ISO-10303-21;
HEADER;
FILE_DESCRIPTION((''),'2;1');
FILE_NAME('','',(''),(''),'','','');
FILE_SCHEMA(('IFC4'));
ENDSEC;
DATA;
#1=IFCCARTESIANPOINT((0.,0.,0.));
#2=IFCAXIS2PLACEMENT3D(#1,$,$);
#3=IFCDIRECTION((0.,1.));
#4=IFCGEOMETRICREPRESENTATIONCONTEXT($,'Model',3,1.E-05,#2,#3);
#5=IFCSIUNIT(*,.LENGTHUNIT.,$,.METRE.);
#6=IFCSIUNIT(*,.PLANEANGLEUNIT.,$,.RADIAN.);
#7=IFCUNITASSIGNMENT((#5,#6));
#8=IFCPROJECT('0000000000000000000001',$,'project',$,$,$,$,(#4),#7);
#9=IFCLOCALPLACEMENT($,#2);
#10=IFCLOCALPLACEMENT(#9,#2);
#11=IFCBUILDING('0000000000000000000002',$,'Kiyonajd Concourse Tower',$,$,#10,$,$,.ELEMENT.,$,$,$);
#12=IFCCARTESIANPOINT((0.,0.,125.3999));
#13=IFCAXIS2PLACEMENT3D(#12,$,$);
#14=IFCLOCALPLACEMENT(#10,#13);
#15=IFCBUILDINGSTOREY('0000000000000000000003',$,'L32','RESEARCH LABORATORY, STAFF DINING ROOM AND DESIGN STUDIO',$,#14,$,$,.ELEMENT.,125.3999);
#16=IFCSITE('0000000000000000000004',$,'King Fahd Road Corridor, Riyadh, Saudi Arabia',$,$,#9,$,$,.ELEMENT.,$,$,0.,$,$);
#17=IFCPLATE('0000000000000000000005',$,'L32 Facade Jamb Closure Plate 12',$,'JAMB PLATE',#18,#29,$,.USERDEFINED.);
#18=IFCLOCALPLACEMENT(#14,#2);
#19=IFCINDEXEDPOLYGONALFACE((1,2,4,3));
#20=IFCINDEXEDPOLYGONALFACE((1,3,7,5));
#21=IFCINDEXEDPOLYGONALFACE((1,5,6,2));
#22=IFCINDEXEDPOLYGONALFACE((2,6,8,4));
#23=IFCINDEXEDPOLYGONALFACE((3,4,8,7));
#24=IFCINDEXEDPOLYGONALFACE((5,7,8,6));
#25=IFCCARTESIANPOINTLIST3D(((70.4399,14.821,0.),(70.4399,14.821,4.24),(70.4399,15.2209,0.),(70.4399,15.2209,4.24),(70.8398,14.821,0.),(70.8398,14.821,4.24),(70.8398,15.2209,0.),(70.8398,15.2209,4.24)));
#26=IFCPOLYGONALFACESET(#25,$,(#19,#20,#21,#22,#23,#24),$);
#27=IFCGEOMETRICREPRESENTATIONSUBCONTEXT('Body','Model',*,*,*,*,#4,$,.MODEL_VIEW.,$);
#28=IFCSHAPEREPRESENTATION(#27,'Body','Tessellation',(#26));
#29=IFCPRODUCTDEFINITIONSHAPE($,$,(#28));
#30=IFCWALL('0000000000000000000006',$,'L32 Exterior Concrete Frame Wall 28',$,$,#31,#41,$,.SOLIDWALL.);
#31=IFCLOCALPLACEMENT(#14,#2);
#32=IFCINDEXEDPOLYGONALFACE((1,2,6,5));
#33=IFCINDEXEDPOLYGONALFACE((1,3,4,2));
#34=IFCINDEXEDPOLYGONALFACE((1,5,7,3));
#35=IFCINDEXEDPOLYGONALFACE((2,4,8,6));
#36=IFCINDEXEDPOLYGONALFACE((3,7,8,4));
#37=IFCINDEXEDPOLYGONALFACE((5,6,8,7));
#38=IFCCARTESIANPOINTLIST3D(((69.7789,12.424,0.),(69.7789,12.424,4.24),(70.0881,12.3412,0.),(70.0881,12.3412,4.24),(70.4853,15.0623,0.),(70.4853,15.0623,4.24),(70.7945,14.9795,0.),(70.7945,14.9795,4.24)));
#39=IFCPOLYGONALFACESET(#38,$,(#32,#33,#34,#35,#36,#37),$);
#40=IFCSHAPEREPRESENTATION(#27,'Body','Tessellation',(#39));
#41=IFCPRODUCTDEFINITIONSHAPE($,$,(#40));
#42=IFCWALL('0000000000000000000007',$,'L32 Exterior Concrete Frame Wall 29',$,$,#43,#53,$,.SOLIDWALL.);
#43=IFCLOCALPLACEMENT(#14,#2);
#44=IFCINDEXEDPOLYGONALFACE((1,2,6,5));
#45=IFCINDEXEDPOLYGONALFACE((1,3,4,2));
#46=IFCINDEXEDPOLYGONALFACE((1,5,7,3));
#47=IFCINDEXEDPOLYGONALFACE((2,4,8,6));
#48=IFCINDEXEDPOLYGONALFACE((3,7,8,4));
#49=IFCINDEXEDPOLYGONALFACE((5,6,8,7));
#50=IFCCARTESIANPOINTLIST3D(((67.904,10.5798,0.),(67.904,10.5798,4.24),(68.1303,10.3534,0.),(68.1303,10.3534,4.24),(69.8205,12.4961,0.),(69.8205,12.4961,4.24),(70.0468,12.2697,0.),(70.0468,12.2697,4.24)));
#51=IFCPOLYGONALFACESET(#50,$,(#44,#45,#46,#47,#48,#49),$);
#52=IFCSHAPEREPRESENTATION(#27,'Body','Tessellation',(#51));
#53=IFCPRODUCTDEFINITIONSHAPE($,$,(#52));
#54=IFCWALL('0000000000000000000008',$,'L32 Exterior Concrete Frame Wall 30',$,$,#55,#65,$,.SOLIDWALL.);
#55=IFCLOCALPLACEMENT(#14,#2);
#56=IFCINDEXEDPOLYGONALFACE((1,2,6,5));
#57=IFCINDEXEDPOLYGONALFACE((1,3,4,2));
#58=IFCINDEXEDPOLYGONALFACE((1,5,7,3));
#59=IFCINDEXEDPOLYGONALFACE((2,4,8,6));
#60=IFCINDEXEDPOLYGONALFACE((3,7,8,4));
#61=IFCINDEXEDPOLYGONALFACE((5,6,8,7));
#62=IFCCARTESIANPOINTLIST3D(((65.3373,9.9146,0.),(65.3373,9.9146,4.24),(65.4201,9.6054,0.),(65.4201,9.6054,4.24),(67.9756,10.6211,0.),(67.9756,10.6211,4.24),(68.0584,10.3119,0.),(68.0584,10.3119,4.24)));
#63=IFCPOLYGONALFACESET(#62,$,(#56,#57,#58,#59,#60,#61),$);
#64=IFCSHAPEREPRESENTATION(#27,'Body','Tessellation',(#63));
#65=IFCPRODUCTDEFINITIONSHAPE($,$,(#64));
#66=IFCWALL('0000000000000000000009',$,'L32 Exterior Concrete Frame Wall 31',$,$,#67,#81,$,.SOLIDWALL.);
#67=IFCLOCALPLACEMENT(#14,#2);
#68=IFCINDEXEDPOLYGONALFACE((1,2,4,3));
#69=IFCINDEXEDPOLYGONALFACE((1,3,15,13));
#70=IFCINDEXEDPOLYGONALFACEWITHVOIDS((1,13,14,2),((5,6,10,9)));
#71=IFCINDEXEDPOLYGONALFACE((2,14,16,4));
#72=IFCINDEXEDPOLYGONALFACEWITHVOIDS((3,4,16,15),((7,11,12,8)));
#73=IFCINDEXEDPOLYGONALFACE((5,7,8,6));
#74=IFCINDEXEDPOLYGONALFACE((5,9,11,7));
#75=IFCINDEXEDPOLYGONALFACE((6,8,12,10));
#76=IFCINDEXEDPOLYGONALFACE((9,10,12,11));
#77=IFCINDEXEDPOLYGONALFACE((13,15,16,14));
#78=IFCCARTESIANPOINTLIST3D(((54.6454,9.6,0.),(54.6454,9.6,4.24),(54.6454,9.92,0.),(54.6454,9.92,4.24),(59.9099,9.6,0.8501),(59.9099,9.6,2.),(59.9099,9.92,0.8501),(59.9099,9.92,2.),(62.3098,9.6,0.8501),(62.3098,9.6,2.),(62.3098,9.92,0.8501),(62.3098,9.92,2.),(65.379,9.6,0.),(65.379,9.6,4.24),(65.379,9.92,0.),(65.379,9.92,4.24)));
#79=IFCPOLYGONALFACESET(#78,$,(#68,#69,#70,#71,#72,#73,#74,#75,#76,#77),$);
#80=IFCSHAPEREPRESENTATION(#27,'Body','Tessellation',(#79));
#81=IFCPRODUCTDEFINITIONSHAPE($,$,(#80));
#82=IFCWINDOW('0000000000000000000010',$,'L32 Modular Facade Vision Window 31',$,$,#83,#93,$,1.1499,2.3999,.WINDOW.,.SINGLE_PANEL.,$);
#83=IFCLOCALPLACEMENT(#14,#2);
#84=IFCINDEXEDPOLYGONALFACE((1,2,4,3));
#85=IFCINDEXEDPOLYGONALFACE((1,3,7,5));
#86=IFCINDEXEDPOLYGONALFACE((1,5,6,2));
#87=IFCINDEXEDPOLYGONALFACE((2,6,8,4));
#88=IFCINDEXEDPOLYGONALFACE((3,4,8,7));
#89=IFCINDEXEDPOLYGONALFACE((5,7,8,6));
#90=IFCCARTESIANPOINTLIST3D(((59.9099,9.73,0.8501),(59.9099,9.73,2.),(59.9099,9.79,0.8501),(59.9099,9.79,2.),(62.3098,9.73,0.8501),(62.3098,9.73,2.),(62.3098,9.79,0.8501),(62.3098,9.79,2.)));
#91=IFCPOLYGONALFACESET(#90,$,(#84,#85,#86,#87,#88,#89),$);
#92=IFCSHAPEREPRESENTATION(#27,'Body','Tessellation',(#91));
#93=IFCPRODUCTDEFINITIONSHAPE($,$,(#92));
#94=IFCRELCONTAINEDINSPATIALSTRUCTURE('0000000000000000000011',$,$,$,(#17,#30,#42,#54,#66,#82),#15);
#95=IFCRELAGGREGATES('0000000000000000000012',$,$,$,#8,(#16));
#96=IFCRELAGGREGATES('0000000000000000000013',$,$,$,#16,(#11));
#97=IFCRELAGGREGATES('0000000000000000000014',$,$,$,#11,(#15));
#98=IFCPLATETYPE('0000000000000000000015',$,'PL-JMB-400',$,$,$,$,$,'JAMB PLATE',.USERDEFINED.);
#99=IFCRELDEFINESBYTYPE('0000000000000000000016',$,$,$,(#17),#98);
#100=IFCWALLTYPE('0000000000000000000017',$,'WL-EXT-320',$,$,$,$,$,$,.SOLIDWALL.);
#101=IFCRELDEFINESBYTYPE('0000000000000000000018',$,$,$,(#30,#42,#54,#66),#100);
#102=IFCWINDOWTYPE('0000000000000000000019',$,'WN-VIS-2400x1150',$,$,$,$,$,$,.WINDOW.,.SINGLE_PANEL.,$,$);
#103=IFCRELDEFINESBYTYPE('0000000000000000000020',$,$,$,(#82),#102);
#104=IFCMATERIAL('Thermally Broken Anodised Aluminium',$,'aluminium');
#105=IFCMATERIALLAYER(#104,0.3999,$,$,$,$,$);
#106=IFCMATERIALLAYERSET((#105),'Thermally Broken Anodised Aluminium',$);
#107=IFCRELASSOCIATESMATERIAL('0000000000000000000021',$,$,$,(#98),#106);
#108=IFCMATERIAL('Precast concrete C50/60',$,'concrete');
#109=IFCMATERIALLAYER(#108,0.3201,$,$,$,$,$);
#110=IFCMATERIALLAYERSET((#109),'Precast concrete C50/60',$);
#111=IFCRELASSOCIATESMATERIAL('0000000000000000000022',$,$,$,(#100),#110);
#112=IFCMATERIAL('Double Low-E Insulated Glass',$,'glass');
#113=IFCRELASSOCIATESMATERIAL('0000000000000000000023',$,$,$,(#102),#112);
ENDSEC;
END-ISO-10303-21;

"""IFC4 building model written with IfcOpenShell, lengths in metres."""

from ifc_helpers import new_model, si_unit, direction, frame, frame_2d, origin, origin_2d, place, context, subcontext, project, spatial, rectangle, extrude, material, layer, layer_set, type_object, element, fill, save


model = new_model("IFC4")

# Units and contexts
model_context = context("Model", 3, precision=1e-05, world=origin(), true_north=direction((0.0, 1.0)))
body_context = subcontext(model_context, "Body", "Model", "MODEL_VIEW")
ifc_project = project(units=[si_unit("LENGTHUNIT", "METRE"), si_unit("PLANEANGLEUNIT", "RADIAN")], contexts=[model_context])

# Site, building, storey
site_placement = place(None, origin())
site = spatial("IfcSite", under=ifc_project, at=site_placement, Name="King Fahd Road Corridor, Riyadh, Saudi Arabia", CompositionType="ELEMENT", RefElevation=0.0)
building_placement = place(site_placement, origin())
building = spatial("IfcBuilding", under=site, at=building_placement, Name="Kiyonajd Concourse Tower", CompositionType="ELEMENT")
storey_placement = place(building_placement, frame((0.0, 0.0, 125.3999)))
storey = spatial("IfcBuildingStorey", under=building, at=storey_placement, Name="L32", Description="RESEARCH LABORATORY, STAFF DINING ROOM AND DESIGN STUDIO", CompositionType="ELEMENT", Elevation=125.3999)

# Shared definitions
ifc_material_1 = material(Name="Precast concrete C50/60", Category="concrete")

# Shared definitions
ifc_material_2 = material(Name="Thermally Broken Anodised Aluminium", Category="aluminium")
ifc_material_3 = material(Name="Double Low-E Insulated Glass", Category="glass")

# Plate
ifc_layer_1 = layer(ifc_material_2, 0.3999)
ifc_layer_set_1 = layer_set([ifc_layer_1], Name="Thermally Broken Anodised Aluminium")
plate_type_1 = type_object("IfcPlateType", Name="PL-JMB-400", ElementType="JAMB PLATE", PredefinedType="USERDEFINED", material=ifc_layer_set_1)
plate_1_placement = place(storey_placement, frame((70.6399, 15.021, 0.0), z_axis=(0.0, 0.0, 1.0), x_axis=(1.0, 0.0, 0.0)))
element("IfcPlate", 1, at=plate_1_placement, inside=storey, type_object=plate_type_1, Name="L32 Facade Jamb Closure Plate 12", ObjectType="JAMB PLATE", PredefinedType="USERDEFINED", context=body_context, shape_type="SweptSolid", body=[
    extrude(rectangle(XDim=0.3999, YDim=0.3999, at=origin_2d()), origin(), (0.0, 0.0, 1.0), 4.24),
])

# Walls
ifc_layer_2 = layer(ifc_material_1, 0.3201)
ifc_layer_set_2 = layer_set([ifc_layer_2], Name="Precast concrete C50/60")
wall_type = type_object("IfcWallType", Name="WL-EXT-320", PredefinedType="SOLIDWALL", material=ifc_layer_set_2)
wall_1_placement = place(storey_placement, frame((70.6399, 15.021, 0.0), z_axis=(0.0, 0.0, 1.0), x_axis=(-0.258614, -0.965981, 0.0)))
element("IfcWall", 2, at=wall_1_placement, inside=storey, type_object=wall_type, Name="L32 Exterior Concrete Frame Wall 28", PredefinedType="SOLIDWALL", context=body_context, shape_type="SweptSolid", body=[
    extrude(rectangle(XDim=2.7312, YDim=0.3201, at=frame_2d((1.3657, 0.0))), origin(), (0.0, 0.0, 1.0), 4.24),
])
wall_2_placement = place(storey_placement, frame((69.9336, 12.3828, 0.0), z_axis=(0.0, 0.0, 1.0), x_axis=(-0.707152, -0.707062, 0.0)))
element("IfcWall", 3, at=wall_2_placement, inside=storey, type_object=wall_type, Name="L32 Exterior Concrete Frame Wall 29", PredefinedType="SOLIDWALL", context=body_context, shape_type="SweptSolid", body=[
    extrude(rectangle(XDim=2.7102, YDim=0.3201, at=frame_2d((1.355, 0.0))), origin(), (0.0, 0.0, 1.0), 4.24),
])
wall_3_placement = place(storey_placement, frame((68.0171, 10.4666, 0.0), z_axis=(0.0, 0.0, 1.0), x_axis=(-0.965958, -0.258697, 0.0)))
element("IfcWall", 4, at=wall_3_placement, inside=storey, type_object=wall_type, Name="L32 Exterior Concrete Frame Wall 30", PredefinedType="SOLIDWALL", context=body_context, shape_type="SweptSolid", body=[
    extrude(rectangle(XDim=2.7312, YDim=0.3201, at=frame_2d((1.3657, 0.0))), origin(), (0.0, 0.0, 1.0), 4.24),
])

# Wall, opening, window
wall_4_placement = place(storey_placement, frame((65.3789, 9.76, 0.0), z_axis=(0.0, 0.0, 1.0), x_axis=(-1.0, 0.0, 0.0)))
wall_4 = element("IfcWall", 5, at=wall_4_placement, inside=storey, type_object=wall_type, Name="L32 Exterior Concrete Frame Wall 31", PredefinedType="SOLIDWALL", context=body_context, shape_type="SweptSolid", body=[
    extrude(rectangle(XDim=10.7336, YDim=0.3201, at=frame_2d((5.3667, 0.0))), origin(), (0.0, 0.0, 1.0), 4.24),
])
opening_placement = place(wall_4_placement, frame((3.0691, 0.0, 0.8501)))
opening = element("IfcOpeningElement", 6, at=opening_placement, cuts=wall_4, PredefinedType="OPENING", context=body_context, shape_type="SweptSolid", body=[
    extrude(rectangle(XDim=2.3999, YDim=1.1499, at=frame_2d((1.2, 0.575))), frame((0.0, 0.1699, 0.0), z_axis=(0.0, -1.0, 0.0), x_axis=(1.0, 0.0, 0.0)), (0.0, 0.0, 1.0), 0.3401),
])
window_type = type_object("IfcWindowType", Name="WN-VIS-2400x1150", PartitioningType="SINGLE_PANEL", PredefinedType="WINDOW", material=ifc_material_3)
window_placement = place(opening_placement, origin())
window = element("IfcWindow", 7, at=window_placement, inside=storey, type_object=window_type, Name="L32 Modular Facade Vision Window 31", OverallHeight=1.1499, OverallWidth=2.3999, PartitioningType="SINGLE_PANEL", PredefinedType="WINDOW", context=body_context, shape_type="SweptSolid", body=[
    extrude(rectangle(XDim=2.3999, YDim=1.1499, at=frame_2d((1.2, 0.575))), frame((0.0, 0.03, 0.0), z_axis=(0.0, -1.0, 0.0), x_axis=(1.0, 0.0, 0.0)), (0.0, 0.0, 1.0), 0.0601),
])
fill(opening, window)

save(model, "model.ifc")
